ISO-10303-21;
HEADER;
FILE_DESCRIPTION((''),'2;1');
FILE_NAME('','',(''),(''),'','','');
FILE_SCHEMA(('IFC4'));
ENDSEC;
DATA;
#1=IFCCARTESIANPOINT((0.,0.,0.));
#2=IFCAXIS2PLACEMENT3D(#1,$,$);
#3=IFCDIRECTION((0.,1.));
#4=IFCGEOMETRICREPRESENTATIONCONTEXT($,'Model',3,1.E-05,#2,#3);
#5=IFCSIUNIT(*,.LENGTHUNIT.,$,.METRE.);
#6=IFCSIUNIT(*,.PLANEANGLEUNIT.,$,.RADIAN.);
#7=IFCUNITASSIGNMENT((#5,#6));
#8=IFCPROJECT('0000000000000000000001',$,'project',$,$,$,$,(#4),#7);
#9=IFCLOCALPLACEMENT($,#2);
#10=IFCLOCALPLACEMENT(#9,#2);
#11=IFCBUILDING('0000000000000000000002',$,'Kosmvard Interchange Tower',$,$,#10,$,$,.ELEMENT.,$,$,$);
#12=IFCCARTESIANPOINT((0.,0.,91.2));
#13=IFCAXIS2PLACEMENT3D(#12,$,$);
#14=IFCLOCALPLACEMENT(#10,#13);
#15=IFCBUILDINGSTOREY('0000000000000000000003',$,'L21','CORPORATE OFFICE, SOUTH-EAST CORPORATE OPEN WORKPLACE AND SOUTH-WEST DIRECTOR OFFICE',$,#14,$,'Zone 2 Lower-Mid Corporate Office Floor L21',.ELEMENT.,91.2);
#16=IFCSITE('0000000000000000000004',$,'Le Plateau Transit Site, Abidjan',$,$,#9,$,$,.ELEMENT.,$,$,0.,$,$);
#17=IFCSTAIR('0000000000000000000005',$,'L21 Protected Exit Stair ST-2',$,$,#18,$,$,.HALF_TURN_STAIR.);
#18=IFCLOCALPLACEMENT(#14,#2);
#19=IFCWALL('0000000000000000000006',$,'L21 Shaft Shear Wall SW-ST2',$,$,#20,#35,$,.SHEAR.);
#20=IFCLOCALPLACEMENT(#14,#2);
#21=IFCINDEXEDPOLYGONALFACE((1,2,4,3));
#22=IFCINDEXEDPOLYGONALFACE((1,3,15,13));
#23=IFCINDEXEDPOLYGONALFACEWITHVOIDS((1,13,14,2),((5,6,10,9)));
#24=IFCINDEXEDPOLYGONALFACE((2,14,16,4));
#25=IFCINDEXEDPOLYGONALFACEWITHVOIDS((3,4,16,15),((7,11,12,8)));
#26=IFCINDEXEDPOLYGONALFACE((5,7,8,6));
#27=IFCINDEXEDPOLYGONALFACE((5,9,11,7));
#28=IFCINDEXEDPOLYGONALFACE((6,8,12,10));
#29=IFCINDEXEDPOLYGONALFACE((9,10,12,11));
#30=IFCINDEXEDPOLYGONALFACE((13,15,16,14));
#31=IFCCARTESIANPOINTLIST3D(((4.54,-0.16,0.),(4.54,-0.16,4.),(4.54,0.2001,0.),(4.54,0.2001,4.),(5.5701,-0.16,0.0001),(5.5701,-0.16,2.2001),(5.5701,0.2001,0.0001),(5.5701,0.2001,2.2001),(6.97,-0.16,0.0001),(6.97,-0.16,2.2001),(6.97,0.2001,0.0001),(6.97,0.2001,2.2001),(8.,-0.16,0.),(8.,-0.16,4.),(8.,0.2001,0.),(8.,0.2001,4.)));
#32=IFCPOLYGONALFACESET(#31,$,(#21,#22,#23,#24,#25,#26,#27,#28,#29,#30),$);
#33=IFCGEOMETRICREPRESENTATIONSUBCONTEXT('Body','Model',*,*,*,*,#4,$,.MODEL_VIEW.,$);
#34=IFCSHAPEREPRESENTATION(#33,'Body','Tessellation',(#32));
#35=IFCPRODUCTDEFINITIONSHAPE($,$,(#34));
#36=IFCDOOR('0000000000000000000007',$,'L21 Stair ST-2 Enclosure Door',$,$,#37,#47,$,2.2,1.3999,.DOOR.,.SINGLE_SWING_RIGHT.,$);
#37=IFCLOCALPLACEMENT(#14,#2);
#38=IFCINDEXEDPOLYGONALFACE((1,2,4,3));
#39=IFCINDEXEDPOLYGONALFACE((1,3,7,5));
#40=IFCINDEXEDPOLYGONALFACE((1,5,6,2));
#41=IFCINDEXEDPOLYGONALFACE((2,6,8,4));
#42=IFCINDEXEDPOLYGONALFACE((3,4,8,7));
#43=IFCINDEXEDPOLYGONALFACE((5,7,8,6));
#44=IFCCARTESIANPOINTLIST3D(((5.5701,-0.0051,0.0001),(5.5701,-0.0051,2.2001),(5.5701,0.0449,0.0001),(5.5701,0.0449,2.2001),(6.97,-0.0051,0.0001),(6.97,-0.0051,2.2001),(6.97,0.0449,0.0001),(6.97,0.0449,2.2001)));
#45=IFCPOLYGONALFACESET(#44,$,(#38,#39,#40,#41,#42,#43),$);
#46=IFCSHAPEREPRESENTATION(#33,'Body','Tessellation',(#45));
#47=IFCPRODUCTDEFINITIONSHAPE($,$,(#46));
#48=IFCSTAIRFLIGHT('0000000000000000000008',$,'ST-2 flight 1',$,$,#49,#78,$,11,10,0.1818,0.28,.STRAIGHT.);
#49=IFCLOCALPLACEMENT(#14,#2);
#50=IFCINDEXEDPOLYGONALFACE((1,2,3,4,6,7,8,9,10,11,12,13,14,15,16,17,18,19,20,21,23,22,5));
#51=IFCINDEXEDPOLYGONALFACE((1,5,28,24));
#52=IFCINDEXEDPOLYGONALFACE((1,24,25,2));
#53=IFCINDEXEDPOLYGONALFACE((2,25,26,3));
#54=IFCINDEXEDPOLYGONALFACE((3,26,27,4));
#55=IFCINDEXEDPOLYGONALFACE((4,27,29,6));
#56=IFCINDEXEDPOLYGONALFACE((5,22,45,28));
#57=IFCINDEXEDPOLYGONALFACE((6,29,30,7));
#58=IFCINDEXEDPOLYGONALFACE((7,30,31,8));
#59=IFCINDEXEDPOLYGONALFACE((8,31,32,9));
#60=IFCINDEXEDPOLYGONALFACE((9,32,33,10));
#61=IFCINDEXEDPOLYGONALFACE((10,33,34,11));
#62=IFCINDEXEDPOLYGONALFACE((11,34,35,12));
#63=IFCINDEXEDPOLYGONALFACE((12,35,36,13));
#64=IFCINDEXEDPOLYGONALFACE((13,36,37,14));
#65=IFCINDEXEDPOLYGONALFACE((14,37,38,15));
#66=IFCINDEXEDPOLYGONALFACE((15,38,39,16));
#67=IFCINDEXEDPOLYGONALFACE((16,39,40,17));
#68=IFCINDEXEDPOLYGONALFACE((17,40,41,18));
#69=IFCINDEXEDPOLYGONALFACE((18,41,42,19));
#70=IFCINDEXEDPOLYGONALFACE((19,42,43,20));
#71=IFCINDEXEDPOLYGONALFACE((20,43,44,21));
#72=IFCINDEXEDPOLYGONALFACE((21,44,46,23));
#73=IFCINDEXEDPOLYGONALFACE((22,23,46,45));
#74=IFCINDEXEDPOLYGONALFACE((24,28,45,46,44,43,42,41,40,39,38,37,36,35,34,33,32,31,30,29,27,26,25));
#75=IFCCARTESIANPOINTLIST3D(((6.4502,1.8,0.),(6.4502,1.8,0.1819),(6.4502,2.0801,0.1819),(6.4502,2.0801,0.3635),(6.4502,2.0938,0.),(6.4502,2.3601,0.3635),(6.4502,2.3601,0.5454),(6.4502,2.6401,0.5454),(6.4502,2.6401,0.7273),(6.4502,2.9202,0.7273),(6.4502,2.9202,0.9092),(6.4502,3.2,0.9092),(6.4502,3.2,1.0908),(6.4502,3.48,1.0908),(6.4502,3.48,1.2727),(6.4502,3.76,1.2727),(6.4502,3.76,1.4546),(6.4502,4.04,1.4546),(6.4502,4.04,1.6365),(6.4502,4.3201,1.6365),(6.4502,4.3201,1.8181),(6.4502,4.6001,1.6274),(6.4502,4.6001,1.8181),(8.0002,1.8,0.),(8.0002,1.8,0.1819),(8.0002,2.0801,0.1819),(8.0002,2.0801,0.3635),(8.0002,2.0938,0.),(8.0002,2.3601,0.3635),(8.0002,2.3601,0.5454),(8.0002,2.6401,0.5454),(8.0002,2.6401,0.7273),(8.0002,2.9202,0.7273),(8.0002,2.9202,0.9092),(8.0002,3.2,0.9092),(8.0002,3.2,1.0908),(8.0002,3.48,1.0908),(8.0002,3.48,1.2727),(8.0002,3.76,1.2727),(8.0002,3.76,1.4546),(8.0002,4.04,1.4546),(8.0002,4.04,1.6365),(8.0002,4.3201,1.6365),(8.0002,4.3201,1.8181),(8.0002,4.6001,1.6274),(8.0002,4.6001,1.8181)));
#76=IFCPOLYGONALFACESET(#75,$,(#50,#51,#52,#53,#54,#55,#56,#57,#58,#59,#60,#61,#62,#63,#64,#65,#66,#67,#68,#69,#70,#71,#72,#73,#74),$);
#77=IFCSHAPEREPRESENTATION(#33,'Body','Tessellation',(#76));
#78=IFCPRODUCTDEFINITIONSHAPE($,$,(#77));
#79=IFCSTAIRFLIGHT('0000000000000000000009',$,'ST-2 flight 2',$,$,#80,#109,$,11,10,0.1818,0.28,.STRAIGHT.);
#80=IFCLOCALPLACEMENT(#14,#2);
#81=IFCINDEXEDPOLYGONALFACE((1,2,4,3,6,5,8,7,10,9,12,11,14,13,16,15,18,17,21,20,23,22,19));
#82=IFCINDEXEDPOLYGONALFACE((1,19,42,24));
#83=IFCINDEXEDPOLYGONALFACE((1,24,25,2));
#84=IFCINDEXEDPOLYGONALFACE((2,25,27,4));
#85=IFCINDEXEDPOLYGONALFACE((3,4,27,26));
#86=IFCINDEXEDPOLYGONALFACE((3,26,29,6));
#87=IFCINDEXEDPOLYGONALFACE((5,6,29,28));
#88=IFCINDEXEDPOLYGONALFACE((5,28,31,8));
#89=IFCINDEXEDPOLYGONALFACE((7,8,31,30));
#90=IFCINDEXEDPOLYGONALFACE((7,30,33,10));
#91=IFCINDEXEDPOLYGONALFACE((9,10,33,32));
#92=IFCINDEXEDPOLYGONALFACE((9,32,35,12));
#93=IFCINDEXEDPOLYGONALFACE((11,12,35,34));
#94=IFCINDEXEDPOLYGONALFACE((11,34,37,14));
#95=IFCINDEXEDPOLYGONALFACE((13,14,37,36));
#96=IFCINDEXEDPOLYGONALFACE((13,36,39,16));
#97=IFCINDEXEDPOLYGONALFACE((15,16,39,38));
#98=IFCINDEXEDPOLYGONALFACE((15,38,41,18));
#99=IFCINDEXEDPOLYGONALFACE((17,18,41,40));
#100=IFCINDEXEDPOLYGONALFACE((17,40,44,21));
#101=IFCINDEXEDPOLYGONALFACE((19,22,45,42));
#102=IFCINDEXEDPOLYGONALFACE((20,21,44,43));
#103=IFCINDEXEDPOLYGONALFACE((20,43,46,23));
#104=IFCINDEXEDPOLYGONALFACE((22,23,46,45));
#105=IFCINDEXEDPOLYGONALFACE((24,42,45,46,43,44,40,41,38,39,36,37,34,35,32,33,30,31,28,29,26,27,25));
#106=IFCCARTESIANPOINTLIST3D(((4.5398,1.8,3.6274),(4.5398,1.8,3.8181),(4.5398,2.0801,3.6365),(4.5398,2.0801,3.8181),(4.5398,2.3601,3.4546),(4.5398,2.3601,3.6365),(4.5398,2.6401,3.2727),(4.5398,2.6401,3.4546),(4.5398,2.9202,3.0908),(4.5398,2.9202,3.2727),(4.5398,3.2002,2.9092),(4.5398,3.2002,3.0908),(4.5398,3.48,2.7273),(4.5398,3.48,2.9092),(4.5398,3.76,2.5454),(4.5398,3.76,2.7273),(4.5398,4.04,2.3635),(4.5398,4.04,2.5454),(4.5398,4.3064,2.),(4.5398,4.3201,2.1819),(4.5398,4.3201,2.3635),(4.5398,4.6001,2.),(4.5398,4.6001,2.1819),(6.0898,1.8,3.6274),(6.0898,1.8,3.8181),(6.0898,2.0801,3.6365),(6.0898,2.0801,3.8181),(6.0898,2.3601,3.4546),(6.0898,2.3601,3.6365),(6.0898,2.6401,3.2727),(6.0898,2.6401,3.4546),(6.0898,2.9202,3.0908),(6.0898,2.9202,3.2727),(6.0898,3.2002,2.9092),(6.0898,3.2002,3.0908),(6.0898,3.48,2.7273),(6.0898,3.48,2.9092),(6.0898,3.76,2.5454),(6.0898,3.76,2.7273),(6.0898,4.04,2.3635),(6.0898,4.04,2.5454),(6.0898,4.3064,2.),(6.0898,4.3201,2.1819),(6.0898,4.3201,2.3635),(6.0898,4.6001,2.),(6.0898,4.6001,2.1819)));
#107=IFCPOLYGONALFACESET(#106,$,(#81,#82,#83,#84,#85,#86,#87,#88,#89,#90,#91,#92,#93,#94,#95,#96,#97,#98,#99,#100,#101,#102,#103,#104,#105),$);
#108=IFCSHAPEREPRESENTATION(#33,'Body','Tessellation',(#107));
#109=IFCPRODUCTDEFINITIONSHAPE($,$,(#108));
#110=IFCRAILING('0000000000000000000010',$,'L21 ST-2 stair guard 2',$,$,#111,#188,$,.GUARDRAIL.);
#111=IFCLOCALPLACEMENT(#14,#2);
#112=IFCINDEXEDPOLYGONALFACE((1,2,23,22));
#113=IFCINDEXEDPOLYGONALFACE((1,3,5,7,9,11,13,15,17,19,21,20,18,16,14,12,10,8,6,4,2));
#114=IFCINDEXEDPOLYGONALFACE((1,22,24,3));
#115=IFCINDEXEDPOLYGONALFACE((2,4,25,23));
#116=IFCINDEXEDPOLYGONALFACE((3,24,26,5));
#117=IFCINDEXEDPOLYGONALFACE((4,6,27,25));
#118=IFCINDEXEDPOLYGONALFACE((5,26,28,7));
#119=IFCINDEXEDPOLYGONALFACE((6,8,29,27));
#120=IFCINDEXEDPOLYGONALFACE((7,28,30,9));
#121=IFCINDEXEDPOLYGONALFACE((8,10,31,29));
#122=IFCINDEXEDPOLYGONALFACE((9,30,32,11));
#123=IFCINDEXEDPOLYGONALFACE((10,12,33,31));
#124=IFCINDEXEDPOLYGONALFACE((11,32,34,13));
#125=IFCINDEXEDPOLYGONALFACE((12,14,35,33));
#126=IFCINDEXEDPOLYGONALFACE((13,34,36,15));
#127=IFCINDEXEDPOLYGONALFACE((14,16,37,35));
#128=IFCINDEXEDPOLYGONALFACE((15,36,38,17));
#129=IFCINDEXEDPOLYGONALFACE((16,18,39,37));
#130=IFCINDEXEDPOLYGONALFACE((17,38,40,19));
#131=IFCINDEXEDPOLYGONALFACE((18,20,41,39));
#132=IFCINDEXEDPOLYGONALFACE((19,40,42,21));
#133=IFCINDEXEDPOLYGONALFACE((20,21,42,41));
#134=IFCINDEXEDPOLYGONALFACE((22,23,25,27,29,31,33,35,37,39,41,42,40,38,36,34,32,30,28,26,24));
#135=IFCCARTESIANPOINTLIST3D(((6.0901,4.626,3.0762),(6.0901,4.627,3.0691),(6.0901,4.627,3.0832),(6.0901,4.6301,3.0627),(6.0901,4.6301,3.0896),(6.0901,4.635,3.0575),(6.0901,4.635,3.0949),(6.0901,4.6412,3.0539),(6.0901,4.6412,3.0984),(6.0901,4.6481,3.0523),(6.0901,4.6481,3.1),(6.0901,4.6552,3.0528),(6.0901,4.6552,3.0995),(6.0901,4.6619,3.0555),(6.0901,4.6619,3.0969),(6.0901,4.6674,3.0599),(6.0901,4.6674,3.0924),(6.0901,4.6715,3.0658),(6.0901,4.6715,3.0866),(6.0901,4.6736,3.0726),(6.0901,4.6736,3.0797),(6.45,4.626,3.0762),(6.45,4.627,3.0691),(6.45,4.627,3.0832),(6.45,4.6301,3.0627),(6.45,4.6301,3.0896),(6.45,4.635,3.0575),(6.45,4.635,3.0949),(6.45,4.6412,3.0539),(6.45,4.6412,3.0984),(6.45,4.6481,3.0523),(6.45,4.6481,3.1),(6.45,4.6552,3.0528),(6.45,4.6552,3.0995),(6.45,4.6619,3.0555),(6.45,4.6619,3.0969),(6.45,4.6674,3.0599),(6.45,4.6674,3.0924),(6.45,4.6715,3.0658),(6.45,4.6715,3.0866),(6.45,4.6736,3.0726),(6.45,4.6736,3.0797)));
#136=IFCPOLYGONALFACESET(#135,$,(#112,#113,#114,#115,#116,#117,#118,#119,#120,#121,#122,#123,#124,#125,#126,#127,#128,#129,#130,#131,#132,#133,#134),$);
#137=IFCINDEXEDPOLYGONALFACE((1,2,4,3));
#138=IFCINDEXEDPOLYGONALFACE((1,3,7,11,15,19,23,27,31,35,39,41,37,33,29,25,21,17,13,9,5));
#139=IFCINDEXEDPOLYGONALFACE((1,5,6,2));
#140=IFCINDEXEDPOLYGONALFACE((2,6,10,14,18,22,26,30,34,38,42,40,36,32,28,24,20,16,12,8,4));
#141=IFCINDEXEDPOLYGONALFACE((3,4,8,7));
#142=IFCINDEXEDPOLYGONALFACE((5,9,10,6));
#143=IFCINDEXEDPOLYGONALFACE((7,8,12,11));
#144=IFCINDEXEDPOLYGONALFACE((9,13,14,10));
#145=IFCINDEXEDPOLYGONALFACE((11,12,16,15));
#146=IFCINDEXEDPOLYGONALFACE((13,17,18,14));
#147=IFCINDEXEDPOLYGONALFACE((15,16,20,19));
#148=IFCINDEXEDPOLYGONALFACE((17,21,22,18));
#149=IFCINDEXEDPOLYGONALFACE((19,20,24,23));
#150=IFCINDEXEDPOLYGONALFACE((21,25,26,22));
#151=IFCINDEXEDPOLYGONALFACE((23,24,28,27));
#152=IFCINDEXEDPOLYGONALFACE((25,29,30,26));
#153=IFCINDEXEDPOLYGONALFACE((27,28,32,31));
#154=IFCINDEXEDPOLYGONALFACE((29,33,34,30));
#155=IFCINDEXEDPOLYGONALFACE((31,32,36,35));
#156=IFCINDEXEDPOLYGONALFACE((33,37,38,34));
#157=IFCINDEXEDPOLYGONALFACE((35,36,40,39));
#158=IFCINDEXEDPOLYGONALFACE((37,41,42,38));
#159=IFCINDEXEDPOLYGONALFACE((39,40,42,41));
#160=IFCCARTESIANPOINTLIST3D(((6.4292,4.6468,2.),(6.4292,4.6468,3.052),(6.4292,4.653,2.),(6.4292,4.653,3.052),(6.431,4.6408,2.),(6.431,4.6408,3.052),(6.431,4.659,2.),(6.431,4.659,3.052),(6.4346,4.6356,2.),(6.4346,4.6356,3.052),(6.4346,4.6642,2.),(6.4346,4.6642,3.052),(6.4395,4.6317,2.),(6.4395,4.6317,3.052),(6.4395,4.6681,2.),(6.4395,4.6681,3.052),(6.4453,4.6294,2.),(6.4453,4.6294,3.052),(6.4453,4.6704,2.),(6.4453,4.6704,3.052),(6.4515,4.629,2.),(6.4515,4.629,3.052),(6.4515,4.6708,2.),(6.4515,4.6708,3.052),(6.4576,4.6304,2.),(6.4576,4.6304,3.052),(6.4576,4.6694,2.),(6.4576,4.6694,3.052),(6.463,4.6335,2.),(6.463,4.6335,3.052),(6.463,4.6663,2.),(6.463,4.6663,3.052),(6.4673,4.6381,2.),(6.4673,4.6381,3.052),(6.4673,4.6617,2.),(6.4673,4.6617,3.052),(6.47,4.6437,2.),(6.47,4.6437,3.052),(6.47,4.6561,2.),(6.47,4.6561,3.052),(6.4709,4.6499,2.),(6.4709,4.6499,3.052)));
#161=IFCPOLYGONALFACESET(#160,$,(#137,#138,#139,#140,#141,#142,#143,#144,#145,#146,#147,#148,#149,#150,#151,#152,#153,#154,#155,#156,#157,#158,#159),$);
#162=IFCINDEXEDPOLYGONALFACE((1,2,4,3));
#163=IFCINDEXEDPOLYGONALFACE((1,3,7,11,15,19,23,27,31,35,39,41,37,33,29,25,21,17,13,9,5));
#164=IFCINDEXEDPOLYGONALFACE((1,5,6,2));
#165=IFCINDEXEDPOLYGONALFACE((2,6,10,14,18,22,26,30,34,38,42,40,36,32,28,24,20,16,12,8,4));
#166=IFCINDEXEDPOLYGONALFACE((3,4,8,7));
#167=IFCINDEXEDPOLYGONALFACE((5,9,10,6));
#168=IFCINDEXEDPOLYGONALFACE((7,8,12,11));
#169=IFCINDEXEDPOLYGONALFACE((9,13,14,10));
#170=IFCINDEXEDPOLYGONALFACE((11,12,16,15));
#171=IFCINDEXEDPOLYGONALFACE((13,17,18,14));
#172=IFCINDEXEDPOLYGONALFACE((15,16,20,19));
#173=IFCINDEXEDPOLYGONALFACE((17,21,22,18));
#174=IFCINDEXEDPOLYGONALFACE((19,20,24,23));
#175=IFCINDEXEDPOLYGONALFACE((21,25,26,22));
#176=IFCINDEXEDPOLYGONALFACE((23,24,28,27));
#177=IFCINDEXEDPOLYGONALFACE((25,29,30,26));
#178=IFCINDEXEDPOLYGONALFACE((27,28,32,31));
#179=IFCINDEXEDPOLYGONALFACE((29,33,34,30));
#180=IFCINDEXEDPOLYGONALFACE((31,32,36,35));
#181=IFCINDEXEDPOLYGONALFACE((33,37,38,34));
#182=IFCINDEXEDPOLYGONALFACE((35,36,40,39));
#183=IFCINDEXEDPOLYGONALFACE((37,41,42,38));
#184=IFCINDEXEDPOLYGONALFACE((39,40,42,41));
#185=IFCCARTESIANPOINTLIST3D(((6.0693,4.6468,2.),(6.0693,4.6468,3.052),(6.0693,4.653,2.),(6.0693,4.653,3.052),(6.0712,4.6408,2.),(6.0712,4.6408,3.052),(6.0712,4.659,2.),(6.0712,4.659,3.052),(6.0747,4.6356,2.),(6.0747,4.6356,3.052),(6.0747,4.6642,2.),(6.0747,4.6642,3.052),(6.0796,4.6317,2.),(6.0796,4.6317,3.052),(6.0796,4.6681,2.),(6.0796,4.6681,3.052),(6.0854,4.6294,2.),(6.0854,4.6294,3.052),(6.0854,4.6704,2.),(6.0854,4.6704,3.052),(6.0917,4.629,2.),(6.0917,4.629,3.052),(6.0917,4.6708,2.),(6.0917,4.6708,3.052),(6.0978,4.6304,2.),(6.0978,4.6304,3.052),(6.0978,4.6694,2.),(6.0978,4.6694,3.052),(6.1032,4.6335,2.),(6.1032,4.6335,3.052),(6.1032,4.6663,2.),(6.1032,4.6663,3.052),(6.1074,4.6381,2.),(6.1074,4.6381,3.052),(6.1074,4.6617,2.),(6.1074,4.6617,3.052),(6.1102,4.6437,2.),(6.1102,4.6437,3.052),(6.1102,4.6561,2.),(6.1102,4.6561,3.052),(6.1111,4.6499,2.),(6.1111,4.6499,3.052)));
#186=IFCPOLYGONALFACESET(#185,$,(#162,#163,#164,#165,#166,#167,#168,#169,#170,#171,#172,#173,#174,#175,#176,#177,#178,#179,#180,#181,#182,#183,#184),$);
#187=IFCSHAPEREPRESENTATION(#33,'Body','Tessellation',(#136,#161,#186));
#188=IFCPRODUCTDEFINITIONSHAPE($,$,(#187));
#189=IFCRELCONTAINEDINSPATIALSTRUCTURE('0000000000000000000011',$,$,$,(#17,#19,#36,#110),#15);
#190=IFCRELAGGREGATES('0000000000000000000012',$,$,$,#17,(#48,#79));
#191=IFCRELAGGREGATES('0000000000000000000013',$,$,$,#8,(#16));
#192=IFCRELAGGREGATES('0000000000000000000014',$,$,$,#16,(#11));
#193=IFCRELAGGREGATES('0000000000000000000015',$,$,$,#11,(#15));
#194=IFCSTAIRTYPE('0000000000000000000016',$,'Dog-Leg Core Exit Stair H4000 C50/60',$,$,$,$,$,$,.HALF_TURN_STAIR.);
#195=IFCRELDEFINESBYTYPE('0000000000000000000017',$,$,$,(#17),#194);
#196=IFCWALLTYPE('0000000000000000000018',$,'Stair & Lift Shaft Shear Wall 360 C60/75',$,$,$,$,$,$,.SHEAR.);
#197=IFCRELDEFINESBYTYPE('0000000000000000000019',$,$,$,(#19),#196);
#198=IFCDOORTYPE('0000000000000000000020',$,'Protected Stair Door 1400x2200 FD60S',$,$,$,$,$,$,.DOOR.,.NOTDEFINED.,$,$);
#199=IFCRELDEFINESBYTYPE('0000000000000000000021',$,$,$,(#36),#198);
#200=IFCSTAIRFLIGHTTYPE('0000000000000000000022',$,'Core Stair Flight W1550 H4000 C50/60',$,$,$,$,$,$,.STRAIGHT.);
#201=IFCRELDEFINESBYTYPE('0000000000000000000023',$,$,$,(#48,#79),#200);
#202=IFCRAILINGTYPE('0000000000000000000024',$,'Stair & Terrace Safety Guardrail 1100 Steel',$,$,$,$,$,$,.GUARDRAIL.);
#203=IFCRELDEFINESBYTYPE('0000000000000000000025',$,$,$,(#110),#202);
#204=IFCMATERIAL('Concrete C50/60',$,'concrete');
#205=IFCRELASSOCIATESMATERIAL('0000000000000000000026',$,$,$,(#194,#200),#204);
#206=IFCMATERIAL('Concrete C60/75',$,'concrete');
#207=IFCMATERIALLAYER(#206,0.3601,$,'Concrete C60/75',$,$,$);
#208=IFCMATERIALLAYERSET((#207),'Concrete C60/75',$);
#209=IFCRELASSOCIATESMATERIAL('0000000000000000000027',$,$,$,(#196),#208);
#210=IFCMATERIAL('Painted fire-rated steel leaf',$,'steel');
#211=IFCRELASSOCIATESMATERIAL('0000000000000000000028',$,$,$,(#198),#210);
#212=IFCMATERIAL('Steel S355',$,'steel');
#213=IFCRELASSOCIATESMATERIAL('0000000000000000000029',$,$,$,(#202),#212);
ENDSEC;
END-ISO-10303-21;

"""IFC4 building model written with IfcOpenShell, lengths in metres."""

from ifc_helpers import new_model, si_unit, direction, frame, frame_2d, origin, origin_2d, place, context, subcontext, project, spatial, polyline, rectangle, circle, outline, extrude, source, transform, mapped, material, layer, layer_set, type_object, element, fill, aggregate, save


model = new_model("IFC4")

# Units and contexts
model_context = context("Model", 3, precision=1e-05, world=origin(), true_north=direction((0.0, 1.0)))
body_context = subcontext(model_context, "Body", "Model", "MODEL_VIEW")
ifc_project = project(units=[si_unit("LENGTHUNIT", "METRE"), si_unit("PLANEANGLEUNIT", "RADIAN")], contexts=[model_context])

# Site, building, storey
site_placement = place(None, origin())
site = spatial("IfcSite", under=ifc_project, at=site_placement, Name="Le Plateau Transit Site, Abidjan", CompositionType="ELEMENT", RefElevation=0.0)
building_placement = place(site_placement, origin())
building = spatial("IfcBuilding", under=site, at=building_placement, Name="Kosmvard Interchange Tower", CompositionType="ELEMENT")
storey_placement = place(building_placement, frame((0.0, 0.0, 91.2)))
storey = spatial("IfcBuildingStorey", under=building, at=storey_placement, Name="L21", Description="CORPORATE OFFICE, SOUTH-EAST CORPORATE OPEN WORKPLACE AND SOUTH-WEST DIRECTOR OFFICE", LongName="Zone 2 Lower-Mid Corporate Office Floor L21", CompositionType="ELEMENT", Elevation=91.2)

# Shared definitions
ifc_material_1 = material(Name="Concrete C60/75", Category="concrete")

# Shared definitions
ifc_material_2 = material(Name="Steel S355", Category="steel")

# Stair
ifc_material_3 = material(Name="Concrete C50/60", Category="concrete")
stair_type = type_object("IfcStairType", Name="Dog-Leg Core Exit Stair H4000 C50/60", PredefinedType="HALF_TURN_STAIR", material=ifc_material_3)
stair_placement = place(storey_placement, origin())
stair = element("IfcStair", 1, at=stair_placement, inside=storey, type_object=stair_type, Name="L21 Protected Exit Stair ST-2", PredefinedType="HALF_TURN_STAIR")

# Wall, opening, door
ifc_layer_1 = layer(ifc_material_1, 0.3601, Name="Concrete C60/75")
ifc_layer_set_1 = layer_set([ifc_layer_1], Name="Concrete C60/75")
wall_type_1 = type_object("IfcWallType", Name="Stair & Lift Shaft Shear Wall 360 C60/75", PredefinedType="SHEAR", material=ifc_layer_set_1)
wall_1_placement = place(storey_placement, frame((4.54, 0.02, 0.0), z_axis=(0.0, 0.0, 1.0), x_axis=(1.0, 0.0, 0.0)))
wall_1 = element("IfcWall", 2, at=wall_1_placement, inside=storey, type_object=wall_type_1, Name="L21 Shaft Shear Wall SW-ST2", PredefinedType="SHEAR", context=body_context, shape_type="SweptSolid", body=[
    extrude(rectangle(XDim=3.46, YDim=0.3601, at=frame_2d((1.73, 0.0))), origin(), (0.0, 0.0, 1.0), 4.0),
])
opening_1_placement = place(wall_1_placement, frame((1.03, 0.0, 0.0)))
opening_1 = element("IfcOpeningElement", 3, at=opening_1_placement, cuts=wall_1, PredefinedType="OPENING", context=body_context, shape_type="SweptSolid", body=[
    extrude(rectangle(XDim=1.3999, YDim=2.2, at=frame_2d((0.7, 1.1001))), frame((0.0, 0.1899, 0.0), z_axis=(0.0, -1.0, 0.0), x_axis=(1.0, 0.0, 0.0)), (0.0, 0.0, 1.0), 0.3801),
])
ifc_material_4 = material(Name="Painted fire-rated steel leaf", Category="steel")
door_type_1 = type_object("IfcDoorType", Name="Protected Stair Door 1400x2200 FD60S", OperationType="NOTDEFINED", PredefinedType="DOOR", material=ifc_material_4)
shared_shape_1 = source(origin(), body_context, "Body", "SweptSolid", [
    extrude(rectangle(XDim=1.3999, YDim=2.2, at=frame_2d((0.7, 1.1001))), frame((0.0, 0.0249, 0.0), z_axis=(0.0, -1.0, 0.0), x_axis=(1.0, 0.0, 0.0)), (0.0, 0.0, 1.0), 0.05),
])
door_1_placement = place(opening_1_placement, origin())
door_1 = element("IfcDoor", 4, at=door_1_placement, inside=storey, type_object=door_type_1, Name="L21 Stair ST-2 Enclosure Door", OperationType="SINGLE_SWING_RIGHT", OverallHeight=2.2, OverallWidth=1.3999, PredefinedType="DOOR", context=body_context, shape_type="MappedRepresentation", body=[
    mapped(shared_shape_1, transform((0.0, 0.0, 0.0), scale=1.0)),
])
fill(opening_1, door_1)

# Stair flights
stair_flight_type = type_object("IfcStairFlightType", Name="Core Stair Flight W1550 H4000 C50/60", PredefinedType="STRAIGHT", material=ifc_material_3)
shared_shape_2 = source(origin(), body_context, "Body", "SweptSolid", [
    extrude(outline(polyline([(0.0, 0.0), (0.0, 0.1819), (0.28, 0.1819), (0.28, 0.3635), (0.5601, 0.3635), (0.5601, 0.5454), (0.8401, 0.5454), (0.8401, 0.7273), (1.1201, 0.7273), (1.1201, 0.9092), (1.3999, 0.9092), (1.3999, 1.0908), (1.6799, 1.0908), (1.6799, 1.2727), (1.96, 1.2727), (1.96, 1.4546), (2.24, 1.4546), (2.24, 1.6365), (2.52, 1.6365), (2.52, 1.8181), (2.8, 1.8181), (2.8, 2.0), (2.8, 1.6274), (0.2937, 0.0), (0.0, 0.0)])), frame((0.0, 0.7749, 0.0), z_axis=(0.0, -1.0, 0.0), x_axis=(1.0, 0.0, 0.0)), (0.0, 0.0, 1.0), 1.55),
])
stair_flight_1_placement = place(storey_placement, frame((7.2251, 1.8, 0.0), z_axis=(0.0, 0.0, 1.0), x_axis=(0.0, 1.0, 0.0)))
stair_flight_1 = element("IfcStairFlight", 5, at=stair_flight_1_placement, type_object=stair_flight_type, Name="ST-2 flight 1", NumberOfRisers=11, NumberOfTreads=10, PredefinedType="STRAIGHT", RiserHeight=0.1818, TreadLength=0.28, context=body_context, shape_type="MappedRepresentation", body=[
    mapped(shared_shape_2, transform((0.0, 0.0, 0.0), scale=1.0)),
])
stair_flight_2_placement = place(storey_placement, frame((5.3149, 4.6001, 2.0), z_axis=(0.0, 0.0, 1.0), x_axis=(0.0, -1.0, 0.0)))
stair_flight_2 = element("IfcStairFlight", 6, at=stair_flight_2_placement, type_object=stair_flight_type, Name="ST-2 flight 2", NumberOfRisers=11, NumberOfTreads=10, PredefinedType="STRAIGHT", RiserHeight=0.1818, TreadLength=0.28, context=body_context, shape_type="MappedRepresentation", body=[
    mapped(shared_shape_2, transform((0.0, 0.0, 0.0), scale=1.0)),
])
aggregate(stair, [stair_flight_1, stair_flight_2])

# Railing
railing_type_1 = type_object("IfcRailingType", Name="Stair & Terrace Safety Guardrail 1100 Steel", PredefinedType="GUARDRAIL", material=ifc_material_2)
shared_shape_3 = source(origin(), body_context, "Body", "SweptSolid", [
    extrude(circle(Radius=0.0239, at=origin_2d()), frame((0.0, 0.0, 1.0762), z_axis=(-1.0, 0.0, 0.0), x_axis=(0.0, -1.0, 0.0)), (0.0, 0.0, 1.0), 0.3599),
    extrude(circle(Radius=0.021, at=origin_2d()), origin(), (0.0, 0.0, 1.0), 1.052),
    extrude(circle(Radius=0.021, at=origin_2d()), frame((-0.3599, 0.0, 0.0)), (0.0, 0.0, 1.0), 1.052),
])
for number, where, name in (
    (7, (6.45, 4.6499, 2.0), "L21 ST-2 stair guard 2"),
):
    element("IfcRailing", number, at=place(storey_placement, frame(where)), inside=storey, type_object=railing_type_1, Name=name, PredefinedType="GUARDRAIL", context=body_context, shape_type="MappedRepresentation", body=[
        mapped(shared_shape_3, transform((0.0, 0.0, 0.0), scale=1.0)),
    ])

save(model, "model.ifc")
